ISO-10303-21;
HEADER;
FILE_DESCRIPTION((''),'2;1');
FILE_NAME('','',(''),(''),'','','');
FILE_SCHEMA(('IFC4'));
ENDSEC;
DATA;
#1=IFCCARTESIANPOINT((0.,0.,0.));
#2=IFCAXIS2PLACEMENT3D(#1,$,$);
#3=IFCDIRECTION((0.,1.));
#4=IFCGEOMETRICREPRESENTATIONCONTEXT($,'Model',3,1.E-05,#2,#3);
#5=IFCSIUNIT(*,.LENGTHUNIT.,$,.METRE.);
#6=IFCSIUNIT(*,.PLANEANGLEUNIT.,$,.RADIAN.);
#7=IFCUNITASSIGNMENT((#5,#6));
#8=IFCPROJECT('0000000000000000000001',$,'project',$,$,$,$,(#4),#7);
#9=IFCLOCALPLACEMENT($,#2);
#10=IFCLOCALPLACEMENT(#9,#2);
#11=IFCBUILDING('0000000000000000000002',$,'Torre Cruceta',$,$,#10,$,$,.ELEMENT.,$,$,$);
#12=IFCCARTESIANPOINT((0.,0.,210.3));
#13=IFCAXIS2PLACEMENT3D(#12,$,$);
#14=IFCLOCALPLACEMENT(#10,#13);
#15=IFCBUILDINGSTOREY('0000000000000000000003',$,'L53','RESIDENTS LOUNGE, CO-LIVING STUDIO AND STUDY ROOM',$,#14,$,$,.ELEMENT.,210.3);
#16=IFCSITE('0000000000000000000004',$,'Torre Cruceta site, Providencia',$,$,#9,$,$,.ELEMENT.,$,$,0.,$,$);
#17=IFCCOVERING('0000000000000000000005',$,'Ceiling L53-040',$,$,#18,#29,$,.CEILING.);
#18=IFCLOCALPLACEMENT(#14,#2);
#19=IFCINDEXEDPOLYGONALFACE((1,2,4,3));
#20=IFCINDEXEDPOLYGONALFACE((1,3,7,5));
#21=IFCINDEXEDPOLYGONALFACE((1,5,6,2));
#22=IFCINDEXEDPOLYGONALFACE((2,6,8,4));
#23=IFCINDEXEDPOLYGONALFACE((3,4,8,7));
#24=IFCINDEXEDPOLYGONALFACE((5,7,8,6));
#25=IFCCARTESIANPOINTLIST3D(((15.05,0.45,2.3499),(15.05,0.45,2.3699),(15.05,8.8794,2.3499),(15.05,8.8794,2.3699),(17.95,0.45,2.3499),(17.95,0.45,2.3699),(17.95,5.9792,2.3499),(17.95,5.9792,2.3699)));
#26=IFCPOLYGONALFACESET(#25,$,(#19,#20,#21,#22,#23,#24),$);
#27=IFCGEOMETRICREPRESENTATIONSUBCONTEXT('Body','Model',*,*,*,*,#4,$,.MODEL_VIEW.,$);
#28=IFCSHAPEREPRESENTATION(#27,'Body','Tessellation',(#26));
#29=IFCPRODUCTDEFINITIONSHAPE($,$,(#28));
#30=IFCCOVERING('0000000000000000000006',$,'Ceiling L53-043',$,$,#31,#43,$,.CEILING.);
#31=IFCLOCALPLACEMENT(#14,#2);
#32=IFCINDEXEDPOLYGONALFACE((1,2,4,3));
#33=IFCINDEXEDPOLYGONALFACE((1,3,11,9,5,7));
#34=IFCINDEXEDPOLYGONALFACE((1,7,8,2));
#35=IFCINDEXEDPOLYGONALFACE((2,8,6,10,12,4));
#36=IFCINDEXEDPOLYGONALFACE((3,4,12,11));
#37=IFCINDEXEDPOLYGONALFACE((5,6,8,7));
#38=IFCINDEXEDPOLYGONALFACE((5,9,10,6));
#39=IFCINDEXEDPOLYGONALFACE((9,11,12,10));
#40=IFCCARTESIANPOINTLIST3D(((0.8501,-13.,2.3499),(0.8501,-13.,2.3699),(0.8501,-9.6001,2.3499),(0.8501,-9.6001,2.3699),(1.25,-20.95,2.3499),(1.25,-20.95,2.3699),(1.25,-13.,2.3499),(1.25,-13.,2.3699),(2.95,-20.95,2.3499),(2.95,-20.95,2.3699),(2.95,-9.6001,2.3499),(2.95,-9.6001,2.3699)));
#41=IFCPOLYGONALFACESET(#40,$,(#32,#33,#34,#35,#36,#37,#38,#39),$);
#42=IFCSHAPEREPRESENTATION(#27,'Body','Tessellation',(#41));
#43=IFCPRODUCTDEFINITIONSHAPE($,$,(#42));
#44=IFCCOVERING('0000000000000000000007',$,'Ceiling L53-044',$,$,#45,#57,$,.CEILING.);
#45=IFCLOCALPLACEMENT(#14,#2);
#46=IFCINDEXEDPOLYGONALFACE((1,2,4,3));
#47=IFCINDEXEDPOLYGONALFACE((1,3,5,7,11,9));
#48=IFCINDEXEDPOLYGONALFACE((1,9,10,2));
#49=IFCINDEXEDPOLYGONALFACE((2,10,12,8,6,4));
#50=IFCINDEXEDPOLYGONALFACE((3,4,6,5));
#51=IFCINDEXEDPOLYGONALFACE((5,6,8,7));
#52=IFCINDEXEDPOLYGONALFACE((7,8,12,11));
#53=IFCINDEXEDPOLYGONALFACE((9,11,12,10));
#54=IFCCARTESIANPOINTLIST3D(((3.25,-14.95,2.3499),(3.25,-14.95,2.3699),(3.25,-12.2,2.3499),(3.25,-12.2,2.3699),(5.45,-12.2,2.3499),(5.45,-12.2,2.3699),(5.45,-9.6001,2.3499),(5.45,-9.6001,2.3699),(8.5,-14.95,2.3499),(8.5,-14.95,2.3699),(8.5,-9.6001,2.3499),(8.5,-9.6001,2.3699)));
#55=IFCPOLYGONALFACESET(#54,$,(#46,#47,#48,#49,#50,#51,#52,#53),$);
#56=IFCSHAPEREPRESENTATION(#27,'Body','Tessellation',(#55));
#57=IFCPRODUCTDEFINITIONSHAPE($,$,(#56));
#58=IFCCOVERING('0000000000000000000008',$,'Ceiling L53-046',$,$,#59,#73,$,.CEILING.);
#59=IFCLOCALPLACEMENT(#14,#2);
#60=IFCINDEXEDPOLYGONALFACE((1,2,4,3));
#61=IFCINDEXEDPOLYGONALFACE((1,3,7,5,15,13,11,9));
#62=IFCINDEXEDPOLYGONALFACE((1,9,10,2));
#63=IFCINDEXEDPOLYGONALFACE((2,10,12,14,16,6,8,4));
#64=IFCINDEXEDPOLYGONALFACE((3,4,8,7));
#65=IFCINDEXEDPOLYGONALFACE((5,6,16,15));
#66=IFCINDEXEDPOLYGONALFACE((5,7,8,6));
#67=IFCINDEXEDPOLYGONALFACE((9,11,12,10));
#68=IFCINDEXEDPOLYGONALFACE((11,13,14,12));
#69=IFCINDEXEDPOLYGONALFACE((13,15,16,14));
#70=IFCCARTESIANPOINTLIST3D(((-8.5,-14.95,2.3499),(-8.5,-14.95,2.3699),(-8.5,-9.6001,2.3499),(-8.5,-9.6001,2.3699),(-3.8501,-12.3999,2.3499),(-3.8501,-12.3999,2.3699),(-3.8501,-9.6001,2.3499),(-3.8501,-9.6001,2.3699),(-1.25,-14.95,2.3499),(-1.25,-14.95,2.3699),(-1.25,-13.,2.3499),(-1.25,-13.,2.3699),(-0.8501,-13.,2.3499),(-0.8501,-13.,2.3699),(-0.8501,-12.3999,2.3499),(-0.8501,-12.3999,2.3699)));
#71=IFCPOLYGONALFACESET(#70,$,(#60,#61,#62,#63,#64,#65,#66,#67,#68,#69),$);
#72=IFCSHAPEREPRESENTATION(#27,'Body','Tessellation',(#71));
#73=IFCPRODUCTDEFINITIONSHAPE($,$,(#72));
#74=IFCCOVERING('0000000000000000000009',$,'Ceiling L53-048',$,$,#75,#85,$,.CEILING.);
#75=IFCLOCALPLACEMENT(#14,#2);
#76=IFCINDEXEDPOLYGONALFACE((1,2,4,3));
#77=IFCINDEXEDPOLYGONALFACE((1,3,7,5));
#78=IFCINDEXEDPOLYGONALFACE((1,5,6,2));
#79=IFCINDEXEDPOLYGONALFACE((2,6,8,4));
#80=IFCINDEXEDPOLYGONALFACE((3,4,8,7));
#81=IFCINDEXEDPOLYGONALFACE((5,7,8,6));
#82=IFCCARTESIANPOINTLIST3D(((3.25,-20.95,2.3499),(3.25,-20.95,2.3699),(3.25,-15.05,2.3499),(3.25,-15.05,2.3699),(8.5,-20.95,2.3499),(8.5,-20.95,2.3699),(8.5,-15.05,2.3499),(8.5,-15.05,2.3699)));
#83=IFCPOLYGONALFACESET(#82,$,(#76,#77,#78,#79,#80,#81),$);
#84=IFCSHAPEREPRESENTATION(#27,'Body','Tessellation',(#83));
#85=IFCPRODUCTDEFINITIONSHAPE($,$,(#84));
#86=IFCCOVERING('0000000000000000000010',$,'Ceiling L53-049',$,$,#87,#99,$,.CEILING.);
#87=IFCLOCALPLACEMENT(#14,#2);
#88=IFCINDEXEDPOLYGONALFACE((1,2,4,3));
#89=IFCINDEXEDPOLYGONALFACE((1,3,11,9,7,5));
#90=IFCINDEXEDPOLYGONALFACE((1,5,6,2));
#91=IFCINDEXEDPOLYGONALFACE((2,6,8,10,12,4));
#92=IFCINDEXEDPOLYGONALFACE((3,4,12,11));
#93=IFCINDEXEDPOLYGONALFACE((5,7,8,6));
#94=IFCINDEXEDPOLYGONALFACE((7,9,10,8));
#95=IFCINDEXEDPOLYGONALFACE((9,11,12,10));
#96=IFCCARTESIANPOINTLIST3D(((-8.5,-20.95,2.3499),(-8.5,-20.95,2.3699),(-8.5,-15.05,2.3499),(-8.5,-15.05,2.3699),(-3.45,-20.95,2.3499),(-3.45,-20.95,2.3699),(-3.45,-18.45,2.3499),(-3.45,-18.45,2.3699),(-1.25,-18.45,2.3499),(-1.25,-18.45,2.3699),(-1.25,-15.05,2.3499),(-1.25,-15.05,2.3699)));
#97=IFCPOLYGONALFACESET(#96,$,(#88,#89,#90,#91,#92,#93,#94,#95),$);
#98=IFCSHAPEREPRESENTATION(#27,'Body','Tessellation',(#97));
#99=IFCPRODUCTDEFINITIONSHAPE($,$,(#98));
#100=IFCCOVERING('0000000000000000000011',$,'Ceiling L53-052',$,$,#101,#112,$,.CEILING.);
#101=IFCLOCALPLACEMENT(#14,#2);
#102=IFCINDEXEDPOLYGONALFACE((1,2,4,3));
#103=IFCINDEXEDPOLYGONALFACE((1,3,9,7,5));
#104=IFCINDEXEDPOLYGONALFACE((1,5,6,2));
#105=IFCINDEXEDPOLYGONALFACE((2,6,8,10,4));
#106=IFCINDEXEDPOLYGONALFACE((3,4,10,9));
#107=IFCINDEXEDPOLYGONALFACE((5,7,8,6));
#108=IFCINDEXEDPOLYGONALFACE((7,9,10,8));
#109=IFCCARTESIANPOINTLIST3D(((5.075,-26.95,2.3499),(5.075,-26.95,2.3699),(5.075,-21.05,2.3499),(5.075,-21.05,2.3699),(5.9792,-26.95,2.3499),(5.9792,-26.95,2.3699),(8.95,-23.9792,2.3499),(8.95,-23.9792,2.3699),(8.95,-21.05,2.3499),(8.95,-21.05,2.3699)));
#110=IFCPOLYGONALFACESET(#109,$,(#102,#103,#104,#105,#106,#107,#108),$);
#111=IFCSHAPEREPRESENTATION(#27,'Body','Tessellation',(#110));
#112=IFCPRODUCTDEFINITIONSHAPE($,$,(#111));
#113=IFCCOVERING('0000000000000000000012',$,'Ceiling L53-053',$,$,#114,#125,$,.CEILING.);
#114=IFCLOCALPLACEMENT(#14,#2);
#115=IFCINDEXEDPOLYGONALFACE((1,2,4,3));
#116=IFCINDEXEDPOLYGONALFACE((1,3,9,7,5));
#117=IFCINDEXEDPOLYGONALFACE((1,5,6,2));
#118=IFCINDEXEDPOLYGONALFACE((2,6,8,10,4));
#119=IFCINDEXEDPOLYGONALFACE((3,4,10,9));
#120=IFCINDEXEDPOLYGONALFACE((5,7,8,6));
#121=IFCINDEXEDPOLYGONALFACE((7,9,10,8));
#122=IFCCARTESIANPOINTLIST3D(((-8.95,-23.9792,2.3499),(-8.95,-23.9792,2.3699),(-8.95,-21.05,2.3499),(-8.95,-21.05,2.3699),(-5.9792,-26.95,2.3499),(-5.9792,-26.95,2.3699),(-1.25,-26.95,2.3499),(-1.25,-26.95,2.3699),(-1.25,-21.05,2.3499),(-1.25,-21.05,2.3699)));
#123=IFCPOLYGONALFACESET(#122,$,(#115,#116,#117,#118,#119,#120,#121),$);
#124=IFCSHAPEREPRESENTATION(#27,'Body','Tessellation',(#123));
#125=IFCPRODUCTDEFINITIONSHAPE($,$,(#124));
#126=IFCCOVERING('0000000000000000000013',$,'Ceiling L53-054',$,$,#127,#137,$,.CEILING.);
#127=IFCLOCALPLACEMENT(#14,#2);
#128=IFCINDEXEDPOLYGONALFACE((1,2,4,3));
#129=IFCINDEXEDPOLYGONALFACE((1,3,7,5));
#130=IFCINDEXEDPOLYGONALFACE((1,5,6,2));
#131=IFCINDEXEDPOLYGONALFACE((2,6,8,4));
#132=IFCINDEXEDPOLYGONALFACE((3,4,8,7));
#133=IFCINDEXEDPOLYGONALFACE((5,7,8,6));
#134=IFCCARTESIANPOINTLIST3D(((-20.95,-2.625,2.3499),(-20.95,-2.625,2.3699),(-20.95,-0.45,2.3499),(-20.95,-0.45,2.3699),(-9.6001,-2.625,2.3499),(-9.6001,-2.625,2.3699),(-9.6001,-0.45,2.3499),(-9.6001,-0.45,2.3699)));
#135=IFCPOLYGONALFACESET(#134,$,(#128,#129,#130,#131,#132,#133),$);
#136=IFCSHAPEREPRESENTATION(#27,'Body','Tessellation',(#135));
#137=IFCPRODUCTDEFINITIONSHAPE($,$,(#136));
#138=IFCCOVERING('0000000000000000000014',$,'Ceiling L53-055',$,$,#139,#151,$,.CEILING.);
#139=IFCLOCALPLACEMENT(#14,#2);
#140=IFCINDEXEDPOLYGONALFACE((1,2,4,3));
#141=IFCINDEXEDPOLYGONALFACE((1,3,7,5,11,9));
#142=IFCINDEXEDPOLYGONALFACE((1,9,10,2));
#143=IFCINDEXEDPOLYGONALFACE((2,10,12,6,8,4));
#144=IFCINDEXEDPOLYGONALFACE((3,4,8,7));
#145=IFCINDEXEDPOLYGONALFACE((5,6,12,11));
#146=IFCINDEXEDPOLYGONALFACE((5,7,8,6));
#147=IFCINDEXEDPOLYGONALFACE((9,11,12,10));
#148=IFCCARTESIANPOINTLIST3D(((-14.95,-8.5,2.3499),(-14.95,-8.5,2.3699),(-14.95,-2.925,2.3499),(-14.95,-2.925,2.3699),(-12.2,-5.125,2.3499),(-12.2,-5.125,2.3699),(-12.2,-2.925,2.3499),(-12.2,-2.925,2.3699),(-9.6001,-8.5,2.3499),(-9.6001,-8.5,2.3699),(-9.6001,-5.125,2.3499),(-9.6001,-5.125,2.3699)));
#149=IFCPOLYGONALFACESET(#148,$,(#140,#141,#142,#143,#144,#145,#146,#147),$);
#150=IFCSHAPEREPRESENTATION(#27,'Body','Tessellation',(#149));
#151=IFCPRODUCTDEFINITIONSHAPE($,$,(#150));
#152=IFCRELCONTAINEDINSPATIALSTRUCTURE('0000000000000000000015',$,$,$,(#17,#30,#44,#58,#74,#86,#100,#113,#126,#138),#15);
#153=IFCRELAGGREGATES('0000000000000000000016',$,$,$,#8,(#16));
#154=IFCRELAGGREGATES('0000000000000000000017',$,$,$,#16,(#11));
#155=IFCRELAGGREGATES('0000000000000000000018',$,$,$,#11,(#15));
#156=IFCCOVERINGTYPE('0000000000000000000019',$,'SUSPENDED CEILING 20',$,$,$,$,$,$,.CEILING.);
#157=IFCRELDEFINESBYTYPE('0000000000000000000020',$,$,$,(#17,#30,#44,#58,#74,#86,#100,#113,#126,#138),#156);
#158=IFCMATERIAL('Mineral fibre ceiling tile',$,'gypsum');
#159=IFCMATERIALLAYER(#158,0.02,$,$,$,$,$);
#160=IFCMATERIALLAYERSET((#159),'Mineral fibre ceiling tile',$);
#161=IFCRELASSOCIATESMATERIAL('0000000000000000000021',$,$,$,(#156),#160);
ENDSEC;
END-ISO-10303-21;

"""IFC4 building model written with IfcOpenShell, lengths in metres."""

from ifc_helpers import new_model, si_unit, direction, frame, origin, place, context, subcontext, project, spatial, polyline, outline, extrude, material, layer, layer_set, type_object, element, save


model = new_model("IFC4")

# Units and contexts
model_context = context("Model", 3, precision=1e-05, world=origin(), true_north=direction((0.0, 1.0)))
body_context = subcontext(model_context, "Body", "Model", "MODEL_VIEW")
ifc_project = project(units=[si_unit("LENGTHUNIT", "METRE"), si_unit("PLANEANGLEUNIT", "RADIAN")], contexts=[model_context])

# Site, building, storey
site_placement = place(None, origin())
site = spatial("IfcSite", under=ifc_project, at=site_placement, Name="Torre Cruceta site, Providencia", CompositionType="ELEMENT", RefElevation=0.0)
building_placement = place(site_placement, origin())
building = spatial("IfcBuilding", under=site, at=building_placement, Name="Torre Cruceta", CompositionType="ELEMENT")
storey_placement = place(building_placement, frame((0.0, 0.0, 210.3)))
storey = spatial("IfcBuildingStorey", under=building, at=storey_placement, Name="L53", Description="RESIDENTS LOUNGE, CO-LIVING STUDIO AND STUDY ROOM", CompositionType="ELEMENT", Elevation=210.3)

# Coverings
ifc_material_1 = material(Name="Mineral fibre ceiling tile", Category="gypsum")
ifc_layer_1 = layer(ifc_material_1, 0.02)
ifc_layer_set_1 = layer_set([ifc_layer_1], Name="Mineral fibre ceiling tile")
covering_type_1 = type_object("IfcCoveringType", Name="SUSPENDED CEILING 20", PredefinedType="CEILING", material=ifc_layer_set_1)
covering_1_placement = place(storey_placement, frame((0.0, 0.0, 2.3499)))
element("IfcCovering", 1, at=covering_1_placement, inside=storey, type_object=covering_type_1, Name="Ceiling L53-040", PredefinedType="CEILING", context=body_context, shape_type="SweptSolid", body=[
    extrude(outline(polyline([(17.95, 5.9792), (17.95, 0.45), (15.05, 0.45), (15.05, 8.8794), (17.95, 5.9792)])), origin(), (0.0, 0.0, 1.0), 0.02),
])
covering_2_placement = place(storey_placement, frame((0.0, 0.0, 2.3499)))
element("IfcCovering", 2, at=covering_2_placement, inside=storey, type_object=covering_type_1, Name="Ceiling L53-043", PredefinedType="CEILING", context=body_context, shape_type="SweptSolid", body=[
    extrude(outline(polyline([(0.8501, -9.6001), (2.95, -9.6001), (2.95, -20.95), (1.25, -20.95), (1.25, -13.0), (0.8501, -13.0), (0.8501, -9.6001)])), origin(), (0.0, 0.0, 1.0), 0.02),
])
covering_3_placement = place(storey_placement, frame((0.0, 0.0, 2.3499)))
element("IfcCovering", 3, at=covering_3_placement, inside=storey, type_object=covering_type_1, Name="Ceiling L53-044", PredefinedType="CEILING", context=body_context, shape_type="SweptSolid", body=[
    extrude(outline(polyline([(8.5, -9.6001), (8.5, -14.95), (3.25, -14.95), (3.25, -12.2), (5.45, -12.2), (5.45, -9.6001), (8.5, -9.6001)])), origin(), (0.0, 0.0, 1.0), 0.02),
])
covering_4_placement = place(storey_placement, frame((0.0, 0.0, 2.3499)))
element("IfcCovering", 4, at=covering_4_placement, inside=storey, type_object=covering_type_1, Name="Ceiling L53-046", PredefinedType="CEILING", context=body_context, shape_type="SweptSolid", body=[
    extrude(outline(polyline([(-8.5, -14.95), (-8.5, -9.6001), (-3.8501, -9.6001), (-3.8501, -12.3999), (-0.8501, -12.3999), (-0.8501, -13.0), (-1.25, -13.0), (-1.25, -14.95), (-8.5, -14.95)])), origin(), (0.0, 0.0, 1.0), 0.02),
])
covering_5_placement = place(storey_placement, frame((0.0, 0.0, 2.3499)))
element("IfcCovering", 5, at=covering_5_placement, inside=storey, type_object=covering_type_1, Name="Ceiling L53-048", PredefinedType="CEILING", context=body_context, shape_type="SweptSolid", body=[
    extrude(outline(polyline([(3.25, -15.05), (8.5, -15.05), (8.5, -20.95), (3.25, -20.95), (3.25, -15.05)])), origin(), (0.0, 0.0, 1.0), 0.02),
])
covering_6_placement = place(storey_placement, frame((0.0, 0.0, 2.3499)))
element("IfcCovering", 6, at=covering_6_placement, inside=storey, type_object=covering_type_1, Name="Ceiling L53-049", PredefinedType="CEILING", context=body_context, shape_type="SweptSolid", body=[
    extrude(outline(polyline([(-8.5, -15.05), (-1.25, -15.05), (-1.25, -18.45), (-3.45, -18.45), (-3.45, -20.95), (-8.5, -20.95), (-8.5, -15.05)])), origin(), (0.0, 0.0, 1.0), 0.02),
])
covering_7_placement = place(storey_placement, frame((0.0, 0.0, 2.3499)))
element("IfcCovering", 7, at=covering_7_placement, inside=storey, type_object=covering_type_1, Name="Ceiling L53-052", PredefinedType="CEILING", context=body_context, shape_type="SweptSolid", body=[
    extrude(outline(polyline([(8.95, -23.9792), (5.9792, -26.95), (5.075, -26.95), (5.075, -21.05), (8.95, -21.05), (8.95, -23.9792)])), origin(), (0.0, 0.0, 1.0), 0.02),
])
covering_8_placement = place(storey_placement, frame((0.0, 0.0, 2.3499)))
element("IfcCovering", 8, at=covering_8_placement, inside=storey, type_object=covering_type_1, Name="Ceiling L53-053", PredefinedType="CEILING", context=body_context, shape_type="SweptSolid", body=[
    extrude(outline(polyline([(-8.95, -23.9792), (-8.95, -21.05), (-1.25, -21.05), (-1.25, -26.95), (-5.9792, -26.95), (-8.95, -23.9792)])), origin(), (0.0, 0.0, 1.0), 0.02),
])
covering_9_placement = place(storey_placement, frame((0.0, 0.0, 2.3499)))
element("IfcCovering", 9, at=covering_9_placement, inside=storey, type_object=covering_type_1, Name="Ceiling L53-054", PredefinedType="CEILING", context=body_context, shape_type="SweptSolid", body=[
    extrude(outline(polyline([(-9.6001, -0.45), (-9.6001, -2.625), (-20.95, -2.625), (-20.95, -0.45), (-9.6001, -0.45)])), origin(), (0.0, 0.0, 1.0), 0.02),
])
covering_10_placement = place(storey_placement, frame((0.0, 0.0, 2.3499)))
element("IfcCovering", 10, at=covering_10_placement, inside=storey, type_object=covering_type_1, Name="Ceiling L53-055", PredefinedType="CEILING", context=body_context, shape_type="SweptSolid", body=[
    extrude(outline(polyline([(-9.6001, -8.5), (-14.95, -8.5), (-14.95, -2.925), (-12.2, -2.925), (-12.2, -5.125), (-9.6001, -5.125), (-9.6001, -8.5)])), origin(), (0.0, 0.0, 1.0), 0.02),
])

save(model, "model.ifc")
